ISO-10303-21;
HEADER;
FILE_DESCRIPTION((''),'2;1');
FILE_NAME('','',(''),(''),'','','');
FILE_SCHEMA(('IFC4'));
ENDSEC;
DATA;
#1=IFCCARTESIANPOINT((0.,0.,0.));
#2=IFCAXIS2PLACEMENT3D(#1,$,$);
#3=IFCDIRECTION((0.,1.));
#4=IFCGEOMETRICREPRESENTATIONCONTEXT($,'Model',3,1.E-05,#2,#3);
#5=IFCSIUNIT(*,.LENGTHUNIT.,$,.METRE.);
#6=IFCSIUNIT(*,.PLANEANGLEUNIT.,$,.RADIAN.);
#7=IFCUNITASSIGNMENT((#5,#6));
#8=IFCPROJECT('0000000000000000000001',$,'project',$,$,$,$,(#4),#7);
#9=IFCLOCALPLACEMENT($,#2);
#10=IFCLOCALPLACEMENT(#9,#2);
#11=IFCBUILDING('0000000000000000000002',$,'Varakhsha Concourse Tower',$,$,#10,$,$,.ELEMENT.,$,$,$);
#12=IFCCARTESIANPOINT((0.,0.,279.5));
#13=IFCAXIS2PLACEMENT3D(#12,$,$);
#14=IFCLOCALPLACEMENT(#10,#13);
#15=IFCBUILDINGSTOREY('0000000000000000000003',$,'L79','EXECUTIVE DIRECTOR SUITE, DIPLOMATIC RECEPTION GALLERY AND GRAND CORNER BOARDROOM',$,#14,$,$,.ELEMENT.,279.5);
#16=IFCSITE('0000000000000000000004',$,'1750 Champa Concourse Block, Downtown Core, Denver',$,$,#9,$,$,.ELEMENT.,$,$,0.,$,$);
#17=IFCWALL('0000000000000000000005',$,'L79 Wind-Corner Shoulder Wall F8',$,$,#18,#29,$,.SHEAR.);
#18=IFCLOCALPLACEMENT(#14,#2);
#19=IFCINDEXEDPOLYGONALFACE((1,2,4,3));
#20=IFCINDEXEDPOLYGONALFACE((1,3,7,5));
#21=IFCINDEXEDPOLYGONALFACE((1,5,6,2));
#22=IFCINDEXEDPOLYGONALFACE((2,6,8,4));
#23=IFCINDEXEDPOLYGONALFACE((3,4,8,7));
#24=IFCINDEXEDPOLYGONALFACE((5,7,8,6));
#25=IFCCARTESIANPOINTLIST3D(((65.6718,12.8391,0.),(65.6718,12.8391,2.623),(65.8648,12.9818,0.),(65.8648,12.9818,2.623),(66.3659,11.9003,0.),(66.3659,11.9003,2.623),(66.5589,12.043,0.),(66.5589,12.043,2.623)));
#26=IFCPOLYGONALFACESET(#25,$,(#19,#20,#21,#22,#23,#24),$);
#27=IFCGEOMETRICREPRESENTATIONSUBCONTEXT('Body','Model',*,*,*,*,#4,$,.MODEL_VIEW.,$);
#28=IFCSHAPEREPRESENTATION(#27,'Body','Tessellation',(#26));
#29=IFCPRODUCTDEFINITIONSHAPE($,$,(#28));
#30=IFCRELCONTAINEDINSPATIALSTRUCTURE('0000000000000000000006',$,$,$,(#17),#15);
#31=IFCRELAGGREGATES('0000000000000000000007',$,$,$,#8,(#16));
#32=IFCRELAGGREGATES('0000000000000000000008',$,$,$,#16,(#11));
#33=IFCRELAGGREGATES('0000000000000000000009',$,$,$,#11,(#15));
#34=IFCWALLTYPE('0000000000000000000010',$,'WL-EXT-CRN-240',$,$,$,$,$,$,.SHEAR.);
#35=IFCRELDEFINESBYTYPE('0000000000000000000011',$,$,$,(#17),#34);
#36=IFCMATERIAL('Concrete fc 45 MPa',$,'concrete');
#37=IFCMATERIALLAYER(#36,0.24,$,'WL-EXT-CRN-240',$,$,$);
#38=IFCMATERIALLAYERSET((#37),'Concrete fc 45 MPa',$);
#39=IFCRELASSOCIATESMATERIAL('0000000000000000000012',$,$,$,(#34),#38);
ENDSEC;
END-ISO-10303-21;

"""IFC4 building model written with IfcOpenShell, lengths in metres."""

from ifc_helpers import new_model, si_unit, direction, frame, frame_2d, origin, place, context, subcontext, project, spatial, rectangle, extrude, material, layer, layer_set, type_object, element, save


model = new_model("IFC4")

# Units and contexts
model_context = context("Model", 3, precision=1e-05, world=origin(), true_north=direction((0.0, 1.0)))
body_context = subcontext(model_context, "Body", "Model", "MODEL_VIEW")
ifc_project = project(units=[si_unit("LENGTHUNIT", "METRE"), si_unit("PLANEANGLEUNIT", "RADIAN")], contexts=[model_context])

# Site, building, storey
site_placement = place(None, origin())
site = spatial("IfcSite", under=ifc_project, at=site_placement, Name="1750 Champa Concourse Block, Downtown Core, Denver", CompositionType="ELEMENT", RefElevation=0.0)
building_placement = place(site_placement, origin())
building = spatial("IfcBuilding", under=site, at=building_placement, Name="Varakhsha Concourse Tower", CompositionType="ELEMENT")
storey_placement = place(building_placement, frame((0.0, 0.0, 279.5)))
storey = spatial("IfcBuildingStorey", under=building, at=storey_placement, Name="L79", Description="EXECUTIVE DIRECTOR SUITE, DIPLOMATIC RECEPTION GALLERY AND GRAND CORNER BOARDROOM", CompositionType="ELEMENT", Elevation=279.5)

# Wall
ifc_material_1 = material(Name="Concrete fc 45 MPa", Category="concrete")
ifc_layer_1 = layer(ifc_material_1, 0.24, Name="WL-EXT-CRN-240")
ifc_layer_set_1 = layer_set([ifc_layer_1], Name="Concrete fc 45 MPa")
wall_type = type_object("IfcWallType", Name="WL-EXT-CRN-240", PredefinedType="SHEAR", material=ifc_layer_set_1)
wall_1_placement = place(storey_placement, frame((66.4624, 11.9717, 0.0), z_axis=(0.0, 0.0, 1.0), x_axis=(-0.594532, 0.804072, 0.0)))
element("IfcWall", 1, at=wall_1_placement, inside=storey, type_object=wall_type, Name="L79 Wind-Corner Shoulder Wall F8", PredefinedType="SHEAR", context=body_context, shape_type="SweptSolid", body=[
    extrude(rectangle(XDim=1.1675, YDim=0.24, at=frame_2d((0.5837, 0.0))), origin(), (0.0, 0.0, 1.0), 2.623),
])

save(model, "model.ifc")
